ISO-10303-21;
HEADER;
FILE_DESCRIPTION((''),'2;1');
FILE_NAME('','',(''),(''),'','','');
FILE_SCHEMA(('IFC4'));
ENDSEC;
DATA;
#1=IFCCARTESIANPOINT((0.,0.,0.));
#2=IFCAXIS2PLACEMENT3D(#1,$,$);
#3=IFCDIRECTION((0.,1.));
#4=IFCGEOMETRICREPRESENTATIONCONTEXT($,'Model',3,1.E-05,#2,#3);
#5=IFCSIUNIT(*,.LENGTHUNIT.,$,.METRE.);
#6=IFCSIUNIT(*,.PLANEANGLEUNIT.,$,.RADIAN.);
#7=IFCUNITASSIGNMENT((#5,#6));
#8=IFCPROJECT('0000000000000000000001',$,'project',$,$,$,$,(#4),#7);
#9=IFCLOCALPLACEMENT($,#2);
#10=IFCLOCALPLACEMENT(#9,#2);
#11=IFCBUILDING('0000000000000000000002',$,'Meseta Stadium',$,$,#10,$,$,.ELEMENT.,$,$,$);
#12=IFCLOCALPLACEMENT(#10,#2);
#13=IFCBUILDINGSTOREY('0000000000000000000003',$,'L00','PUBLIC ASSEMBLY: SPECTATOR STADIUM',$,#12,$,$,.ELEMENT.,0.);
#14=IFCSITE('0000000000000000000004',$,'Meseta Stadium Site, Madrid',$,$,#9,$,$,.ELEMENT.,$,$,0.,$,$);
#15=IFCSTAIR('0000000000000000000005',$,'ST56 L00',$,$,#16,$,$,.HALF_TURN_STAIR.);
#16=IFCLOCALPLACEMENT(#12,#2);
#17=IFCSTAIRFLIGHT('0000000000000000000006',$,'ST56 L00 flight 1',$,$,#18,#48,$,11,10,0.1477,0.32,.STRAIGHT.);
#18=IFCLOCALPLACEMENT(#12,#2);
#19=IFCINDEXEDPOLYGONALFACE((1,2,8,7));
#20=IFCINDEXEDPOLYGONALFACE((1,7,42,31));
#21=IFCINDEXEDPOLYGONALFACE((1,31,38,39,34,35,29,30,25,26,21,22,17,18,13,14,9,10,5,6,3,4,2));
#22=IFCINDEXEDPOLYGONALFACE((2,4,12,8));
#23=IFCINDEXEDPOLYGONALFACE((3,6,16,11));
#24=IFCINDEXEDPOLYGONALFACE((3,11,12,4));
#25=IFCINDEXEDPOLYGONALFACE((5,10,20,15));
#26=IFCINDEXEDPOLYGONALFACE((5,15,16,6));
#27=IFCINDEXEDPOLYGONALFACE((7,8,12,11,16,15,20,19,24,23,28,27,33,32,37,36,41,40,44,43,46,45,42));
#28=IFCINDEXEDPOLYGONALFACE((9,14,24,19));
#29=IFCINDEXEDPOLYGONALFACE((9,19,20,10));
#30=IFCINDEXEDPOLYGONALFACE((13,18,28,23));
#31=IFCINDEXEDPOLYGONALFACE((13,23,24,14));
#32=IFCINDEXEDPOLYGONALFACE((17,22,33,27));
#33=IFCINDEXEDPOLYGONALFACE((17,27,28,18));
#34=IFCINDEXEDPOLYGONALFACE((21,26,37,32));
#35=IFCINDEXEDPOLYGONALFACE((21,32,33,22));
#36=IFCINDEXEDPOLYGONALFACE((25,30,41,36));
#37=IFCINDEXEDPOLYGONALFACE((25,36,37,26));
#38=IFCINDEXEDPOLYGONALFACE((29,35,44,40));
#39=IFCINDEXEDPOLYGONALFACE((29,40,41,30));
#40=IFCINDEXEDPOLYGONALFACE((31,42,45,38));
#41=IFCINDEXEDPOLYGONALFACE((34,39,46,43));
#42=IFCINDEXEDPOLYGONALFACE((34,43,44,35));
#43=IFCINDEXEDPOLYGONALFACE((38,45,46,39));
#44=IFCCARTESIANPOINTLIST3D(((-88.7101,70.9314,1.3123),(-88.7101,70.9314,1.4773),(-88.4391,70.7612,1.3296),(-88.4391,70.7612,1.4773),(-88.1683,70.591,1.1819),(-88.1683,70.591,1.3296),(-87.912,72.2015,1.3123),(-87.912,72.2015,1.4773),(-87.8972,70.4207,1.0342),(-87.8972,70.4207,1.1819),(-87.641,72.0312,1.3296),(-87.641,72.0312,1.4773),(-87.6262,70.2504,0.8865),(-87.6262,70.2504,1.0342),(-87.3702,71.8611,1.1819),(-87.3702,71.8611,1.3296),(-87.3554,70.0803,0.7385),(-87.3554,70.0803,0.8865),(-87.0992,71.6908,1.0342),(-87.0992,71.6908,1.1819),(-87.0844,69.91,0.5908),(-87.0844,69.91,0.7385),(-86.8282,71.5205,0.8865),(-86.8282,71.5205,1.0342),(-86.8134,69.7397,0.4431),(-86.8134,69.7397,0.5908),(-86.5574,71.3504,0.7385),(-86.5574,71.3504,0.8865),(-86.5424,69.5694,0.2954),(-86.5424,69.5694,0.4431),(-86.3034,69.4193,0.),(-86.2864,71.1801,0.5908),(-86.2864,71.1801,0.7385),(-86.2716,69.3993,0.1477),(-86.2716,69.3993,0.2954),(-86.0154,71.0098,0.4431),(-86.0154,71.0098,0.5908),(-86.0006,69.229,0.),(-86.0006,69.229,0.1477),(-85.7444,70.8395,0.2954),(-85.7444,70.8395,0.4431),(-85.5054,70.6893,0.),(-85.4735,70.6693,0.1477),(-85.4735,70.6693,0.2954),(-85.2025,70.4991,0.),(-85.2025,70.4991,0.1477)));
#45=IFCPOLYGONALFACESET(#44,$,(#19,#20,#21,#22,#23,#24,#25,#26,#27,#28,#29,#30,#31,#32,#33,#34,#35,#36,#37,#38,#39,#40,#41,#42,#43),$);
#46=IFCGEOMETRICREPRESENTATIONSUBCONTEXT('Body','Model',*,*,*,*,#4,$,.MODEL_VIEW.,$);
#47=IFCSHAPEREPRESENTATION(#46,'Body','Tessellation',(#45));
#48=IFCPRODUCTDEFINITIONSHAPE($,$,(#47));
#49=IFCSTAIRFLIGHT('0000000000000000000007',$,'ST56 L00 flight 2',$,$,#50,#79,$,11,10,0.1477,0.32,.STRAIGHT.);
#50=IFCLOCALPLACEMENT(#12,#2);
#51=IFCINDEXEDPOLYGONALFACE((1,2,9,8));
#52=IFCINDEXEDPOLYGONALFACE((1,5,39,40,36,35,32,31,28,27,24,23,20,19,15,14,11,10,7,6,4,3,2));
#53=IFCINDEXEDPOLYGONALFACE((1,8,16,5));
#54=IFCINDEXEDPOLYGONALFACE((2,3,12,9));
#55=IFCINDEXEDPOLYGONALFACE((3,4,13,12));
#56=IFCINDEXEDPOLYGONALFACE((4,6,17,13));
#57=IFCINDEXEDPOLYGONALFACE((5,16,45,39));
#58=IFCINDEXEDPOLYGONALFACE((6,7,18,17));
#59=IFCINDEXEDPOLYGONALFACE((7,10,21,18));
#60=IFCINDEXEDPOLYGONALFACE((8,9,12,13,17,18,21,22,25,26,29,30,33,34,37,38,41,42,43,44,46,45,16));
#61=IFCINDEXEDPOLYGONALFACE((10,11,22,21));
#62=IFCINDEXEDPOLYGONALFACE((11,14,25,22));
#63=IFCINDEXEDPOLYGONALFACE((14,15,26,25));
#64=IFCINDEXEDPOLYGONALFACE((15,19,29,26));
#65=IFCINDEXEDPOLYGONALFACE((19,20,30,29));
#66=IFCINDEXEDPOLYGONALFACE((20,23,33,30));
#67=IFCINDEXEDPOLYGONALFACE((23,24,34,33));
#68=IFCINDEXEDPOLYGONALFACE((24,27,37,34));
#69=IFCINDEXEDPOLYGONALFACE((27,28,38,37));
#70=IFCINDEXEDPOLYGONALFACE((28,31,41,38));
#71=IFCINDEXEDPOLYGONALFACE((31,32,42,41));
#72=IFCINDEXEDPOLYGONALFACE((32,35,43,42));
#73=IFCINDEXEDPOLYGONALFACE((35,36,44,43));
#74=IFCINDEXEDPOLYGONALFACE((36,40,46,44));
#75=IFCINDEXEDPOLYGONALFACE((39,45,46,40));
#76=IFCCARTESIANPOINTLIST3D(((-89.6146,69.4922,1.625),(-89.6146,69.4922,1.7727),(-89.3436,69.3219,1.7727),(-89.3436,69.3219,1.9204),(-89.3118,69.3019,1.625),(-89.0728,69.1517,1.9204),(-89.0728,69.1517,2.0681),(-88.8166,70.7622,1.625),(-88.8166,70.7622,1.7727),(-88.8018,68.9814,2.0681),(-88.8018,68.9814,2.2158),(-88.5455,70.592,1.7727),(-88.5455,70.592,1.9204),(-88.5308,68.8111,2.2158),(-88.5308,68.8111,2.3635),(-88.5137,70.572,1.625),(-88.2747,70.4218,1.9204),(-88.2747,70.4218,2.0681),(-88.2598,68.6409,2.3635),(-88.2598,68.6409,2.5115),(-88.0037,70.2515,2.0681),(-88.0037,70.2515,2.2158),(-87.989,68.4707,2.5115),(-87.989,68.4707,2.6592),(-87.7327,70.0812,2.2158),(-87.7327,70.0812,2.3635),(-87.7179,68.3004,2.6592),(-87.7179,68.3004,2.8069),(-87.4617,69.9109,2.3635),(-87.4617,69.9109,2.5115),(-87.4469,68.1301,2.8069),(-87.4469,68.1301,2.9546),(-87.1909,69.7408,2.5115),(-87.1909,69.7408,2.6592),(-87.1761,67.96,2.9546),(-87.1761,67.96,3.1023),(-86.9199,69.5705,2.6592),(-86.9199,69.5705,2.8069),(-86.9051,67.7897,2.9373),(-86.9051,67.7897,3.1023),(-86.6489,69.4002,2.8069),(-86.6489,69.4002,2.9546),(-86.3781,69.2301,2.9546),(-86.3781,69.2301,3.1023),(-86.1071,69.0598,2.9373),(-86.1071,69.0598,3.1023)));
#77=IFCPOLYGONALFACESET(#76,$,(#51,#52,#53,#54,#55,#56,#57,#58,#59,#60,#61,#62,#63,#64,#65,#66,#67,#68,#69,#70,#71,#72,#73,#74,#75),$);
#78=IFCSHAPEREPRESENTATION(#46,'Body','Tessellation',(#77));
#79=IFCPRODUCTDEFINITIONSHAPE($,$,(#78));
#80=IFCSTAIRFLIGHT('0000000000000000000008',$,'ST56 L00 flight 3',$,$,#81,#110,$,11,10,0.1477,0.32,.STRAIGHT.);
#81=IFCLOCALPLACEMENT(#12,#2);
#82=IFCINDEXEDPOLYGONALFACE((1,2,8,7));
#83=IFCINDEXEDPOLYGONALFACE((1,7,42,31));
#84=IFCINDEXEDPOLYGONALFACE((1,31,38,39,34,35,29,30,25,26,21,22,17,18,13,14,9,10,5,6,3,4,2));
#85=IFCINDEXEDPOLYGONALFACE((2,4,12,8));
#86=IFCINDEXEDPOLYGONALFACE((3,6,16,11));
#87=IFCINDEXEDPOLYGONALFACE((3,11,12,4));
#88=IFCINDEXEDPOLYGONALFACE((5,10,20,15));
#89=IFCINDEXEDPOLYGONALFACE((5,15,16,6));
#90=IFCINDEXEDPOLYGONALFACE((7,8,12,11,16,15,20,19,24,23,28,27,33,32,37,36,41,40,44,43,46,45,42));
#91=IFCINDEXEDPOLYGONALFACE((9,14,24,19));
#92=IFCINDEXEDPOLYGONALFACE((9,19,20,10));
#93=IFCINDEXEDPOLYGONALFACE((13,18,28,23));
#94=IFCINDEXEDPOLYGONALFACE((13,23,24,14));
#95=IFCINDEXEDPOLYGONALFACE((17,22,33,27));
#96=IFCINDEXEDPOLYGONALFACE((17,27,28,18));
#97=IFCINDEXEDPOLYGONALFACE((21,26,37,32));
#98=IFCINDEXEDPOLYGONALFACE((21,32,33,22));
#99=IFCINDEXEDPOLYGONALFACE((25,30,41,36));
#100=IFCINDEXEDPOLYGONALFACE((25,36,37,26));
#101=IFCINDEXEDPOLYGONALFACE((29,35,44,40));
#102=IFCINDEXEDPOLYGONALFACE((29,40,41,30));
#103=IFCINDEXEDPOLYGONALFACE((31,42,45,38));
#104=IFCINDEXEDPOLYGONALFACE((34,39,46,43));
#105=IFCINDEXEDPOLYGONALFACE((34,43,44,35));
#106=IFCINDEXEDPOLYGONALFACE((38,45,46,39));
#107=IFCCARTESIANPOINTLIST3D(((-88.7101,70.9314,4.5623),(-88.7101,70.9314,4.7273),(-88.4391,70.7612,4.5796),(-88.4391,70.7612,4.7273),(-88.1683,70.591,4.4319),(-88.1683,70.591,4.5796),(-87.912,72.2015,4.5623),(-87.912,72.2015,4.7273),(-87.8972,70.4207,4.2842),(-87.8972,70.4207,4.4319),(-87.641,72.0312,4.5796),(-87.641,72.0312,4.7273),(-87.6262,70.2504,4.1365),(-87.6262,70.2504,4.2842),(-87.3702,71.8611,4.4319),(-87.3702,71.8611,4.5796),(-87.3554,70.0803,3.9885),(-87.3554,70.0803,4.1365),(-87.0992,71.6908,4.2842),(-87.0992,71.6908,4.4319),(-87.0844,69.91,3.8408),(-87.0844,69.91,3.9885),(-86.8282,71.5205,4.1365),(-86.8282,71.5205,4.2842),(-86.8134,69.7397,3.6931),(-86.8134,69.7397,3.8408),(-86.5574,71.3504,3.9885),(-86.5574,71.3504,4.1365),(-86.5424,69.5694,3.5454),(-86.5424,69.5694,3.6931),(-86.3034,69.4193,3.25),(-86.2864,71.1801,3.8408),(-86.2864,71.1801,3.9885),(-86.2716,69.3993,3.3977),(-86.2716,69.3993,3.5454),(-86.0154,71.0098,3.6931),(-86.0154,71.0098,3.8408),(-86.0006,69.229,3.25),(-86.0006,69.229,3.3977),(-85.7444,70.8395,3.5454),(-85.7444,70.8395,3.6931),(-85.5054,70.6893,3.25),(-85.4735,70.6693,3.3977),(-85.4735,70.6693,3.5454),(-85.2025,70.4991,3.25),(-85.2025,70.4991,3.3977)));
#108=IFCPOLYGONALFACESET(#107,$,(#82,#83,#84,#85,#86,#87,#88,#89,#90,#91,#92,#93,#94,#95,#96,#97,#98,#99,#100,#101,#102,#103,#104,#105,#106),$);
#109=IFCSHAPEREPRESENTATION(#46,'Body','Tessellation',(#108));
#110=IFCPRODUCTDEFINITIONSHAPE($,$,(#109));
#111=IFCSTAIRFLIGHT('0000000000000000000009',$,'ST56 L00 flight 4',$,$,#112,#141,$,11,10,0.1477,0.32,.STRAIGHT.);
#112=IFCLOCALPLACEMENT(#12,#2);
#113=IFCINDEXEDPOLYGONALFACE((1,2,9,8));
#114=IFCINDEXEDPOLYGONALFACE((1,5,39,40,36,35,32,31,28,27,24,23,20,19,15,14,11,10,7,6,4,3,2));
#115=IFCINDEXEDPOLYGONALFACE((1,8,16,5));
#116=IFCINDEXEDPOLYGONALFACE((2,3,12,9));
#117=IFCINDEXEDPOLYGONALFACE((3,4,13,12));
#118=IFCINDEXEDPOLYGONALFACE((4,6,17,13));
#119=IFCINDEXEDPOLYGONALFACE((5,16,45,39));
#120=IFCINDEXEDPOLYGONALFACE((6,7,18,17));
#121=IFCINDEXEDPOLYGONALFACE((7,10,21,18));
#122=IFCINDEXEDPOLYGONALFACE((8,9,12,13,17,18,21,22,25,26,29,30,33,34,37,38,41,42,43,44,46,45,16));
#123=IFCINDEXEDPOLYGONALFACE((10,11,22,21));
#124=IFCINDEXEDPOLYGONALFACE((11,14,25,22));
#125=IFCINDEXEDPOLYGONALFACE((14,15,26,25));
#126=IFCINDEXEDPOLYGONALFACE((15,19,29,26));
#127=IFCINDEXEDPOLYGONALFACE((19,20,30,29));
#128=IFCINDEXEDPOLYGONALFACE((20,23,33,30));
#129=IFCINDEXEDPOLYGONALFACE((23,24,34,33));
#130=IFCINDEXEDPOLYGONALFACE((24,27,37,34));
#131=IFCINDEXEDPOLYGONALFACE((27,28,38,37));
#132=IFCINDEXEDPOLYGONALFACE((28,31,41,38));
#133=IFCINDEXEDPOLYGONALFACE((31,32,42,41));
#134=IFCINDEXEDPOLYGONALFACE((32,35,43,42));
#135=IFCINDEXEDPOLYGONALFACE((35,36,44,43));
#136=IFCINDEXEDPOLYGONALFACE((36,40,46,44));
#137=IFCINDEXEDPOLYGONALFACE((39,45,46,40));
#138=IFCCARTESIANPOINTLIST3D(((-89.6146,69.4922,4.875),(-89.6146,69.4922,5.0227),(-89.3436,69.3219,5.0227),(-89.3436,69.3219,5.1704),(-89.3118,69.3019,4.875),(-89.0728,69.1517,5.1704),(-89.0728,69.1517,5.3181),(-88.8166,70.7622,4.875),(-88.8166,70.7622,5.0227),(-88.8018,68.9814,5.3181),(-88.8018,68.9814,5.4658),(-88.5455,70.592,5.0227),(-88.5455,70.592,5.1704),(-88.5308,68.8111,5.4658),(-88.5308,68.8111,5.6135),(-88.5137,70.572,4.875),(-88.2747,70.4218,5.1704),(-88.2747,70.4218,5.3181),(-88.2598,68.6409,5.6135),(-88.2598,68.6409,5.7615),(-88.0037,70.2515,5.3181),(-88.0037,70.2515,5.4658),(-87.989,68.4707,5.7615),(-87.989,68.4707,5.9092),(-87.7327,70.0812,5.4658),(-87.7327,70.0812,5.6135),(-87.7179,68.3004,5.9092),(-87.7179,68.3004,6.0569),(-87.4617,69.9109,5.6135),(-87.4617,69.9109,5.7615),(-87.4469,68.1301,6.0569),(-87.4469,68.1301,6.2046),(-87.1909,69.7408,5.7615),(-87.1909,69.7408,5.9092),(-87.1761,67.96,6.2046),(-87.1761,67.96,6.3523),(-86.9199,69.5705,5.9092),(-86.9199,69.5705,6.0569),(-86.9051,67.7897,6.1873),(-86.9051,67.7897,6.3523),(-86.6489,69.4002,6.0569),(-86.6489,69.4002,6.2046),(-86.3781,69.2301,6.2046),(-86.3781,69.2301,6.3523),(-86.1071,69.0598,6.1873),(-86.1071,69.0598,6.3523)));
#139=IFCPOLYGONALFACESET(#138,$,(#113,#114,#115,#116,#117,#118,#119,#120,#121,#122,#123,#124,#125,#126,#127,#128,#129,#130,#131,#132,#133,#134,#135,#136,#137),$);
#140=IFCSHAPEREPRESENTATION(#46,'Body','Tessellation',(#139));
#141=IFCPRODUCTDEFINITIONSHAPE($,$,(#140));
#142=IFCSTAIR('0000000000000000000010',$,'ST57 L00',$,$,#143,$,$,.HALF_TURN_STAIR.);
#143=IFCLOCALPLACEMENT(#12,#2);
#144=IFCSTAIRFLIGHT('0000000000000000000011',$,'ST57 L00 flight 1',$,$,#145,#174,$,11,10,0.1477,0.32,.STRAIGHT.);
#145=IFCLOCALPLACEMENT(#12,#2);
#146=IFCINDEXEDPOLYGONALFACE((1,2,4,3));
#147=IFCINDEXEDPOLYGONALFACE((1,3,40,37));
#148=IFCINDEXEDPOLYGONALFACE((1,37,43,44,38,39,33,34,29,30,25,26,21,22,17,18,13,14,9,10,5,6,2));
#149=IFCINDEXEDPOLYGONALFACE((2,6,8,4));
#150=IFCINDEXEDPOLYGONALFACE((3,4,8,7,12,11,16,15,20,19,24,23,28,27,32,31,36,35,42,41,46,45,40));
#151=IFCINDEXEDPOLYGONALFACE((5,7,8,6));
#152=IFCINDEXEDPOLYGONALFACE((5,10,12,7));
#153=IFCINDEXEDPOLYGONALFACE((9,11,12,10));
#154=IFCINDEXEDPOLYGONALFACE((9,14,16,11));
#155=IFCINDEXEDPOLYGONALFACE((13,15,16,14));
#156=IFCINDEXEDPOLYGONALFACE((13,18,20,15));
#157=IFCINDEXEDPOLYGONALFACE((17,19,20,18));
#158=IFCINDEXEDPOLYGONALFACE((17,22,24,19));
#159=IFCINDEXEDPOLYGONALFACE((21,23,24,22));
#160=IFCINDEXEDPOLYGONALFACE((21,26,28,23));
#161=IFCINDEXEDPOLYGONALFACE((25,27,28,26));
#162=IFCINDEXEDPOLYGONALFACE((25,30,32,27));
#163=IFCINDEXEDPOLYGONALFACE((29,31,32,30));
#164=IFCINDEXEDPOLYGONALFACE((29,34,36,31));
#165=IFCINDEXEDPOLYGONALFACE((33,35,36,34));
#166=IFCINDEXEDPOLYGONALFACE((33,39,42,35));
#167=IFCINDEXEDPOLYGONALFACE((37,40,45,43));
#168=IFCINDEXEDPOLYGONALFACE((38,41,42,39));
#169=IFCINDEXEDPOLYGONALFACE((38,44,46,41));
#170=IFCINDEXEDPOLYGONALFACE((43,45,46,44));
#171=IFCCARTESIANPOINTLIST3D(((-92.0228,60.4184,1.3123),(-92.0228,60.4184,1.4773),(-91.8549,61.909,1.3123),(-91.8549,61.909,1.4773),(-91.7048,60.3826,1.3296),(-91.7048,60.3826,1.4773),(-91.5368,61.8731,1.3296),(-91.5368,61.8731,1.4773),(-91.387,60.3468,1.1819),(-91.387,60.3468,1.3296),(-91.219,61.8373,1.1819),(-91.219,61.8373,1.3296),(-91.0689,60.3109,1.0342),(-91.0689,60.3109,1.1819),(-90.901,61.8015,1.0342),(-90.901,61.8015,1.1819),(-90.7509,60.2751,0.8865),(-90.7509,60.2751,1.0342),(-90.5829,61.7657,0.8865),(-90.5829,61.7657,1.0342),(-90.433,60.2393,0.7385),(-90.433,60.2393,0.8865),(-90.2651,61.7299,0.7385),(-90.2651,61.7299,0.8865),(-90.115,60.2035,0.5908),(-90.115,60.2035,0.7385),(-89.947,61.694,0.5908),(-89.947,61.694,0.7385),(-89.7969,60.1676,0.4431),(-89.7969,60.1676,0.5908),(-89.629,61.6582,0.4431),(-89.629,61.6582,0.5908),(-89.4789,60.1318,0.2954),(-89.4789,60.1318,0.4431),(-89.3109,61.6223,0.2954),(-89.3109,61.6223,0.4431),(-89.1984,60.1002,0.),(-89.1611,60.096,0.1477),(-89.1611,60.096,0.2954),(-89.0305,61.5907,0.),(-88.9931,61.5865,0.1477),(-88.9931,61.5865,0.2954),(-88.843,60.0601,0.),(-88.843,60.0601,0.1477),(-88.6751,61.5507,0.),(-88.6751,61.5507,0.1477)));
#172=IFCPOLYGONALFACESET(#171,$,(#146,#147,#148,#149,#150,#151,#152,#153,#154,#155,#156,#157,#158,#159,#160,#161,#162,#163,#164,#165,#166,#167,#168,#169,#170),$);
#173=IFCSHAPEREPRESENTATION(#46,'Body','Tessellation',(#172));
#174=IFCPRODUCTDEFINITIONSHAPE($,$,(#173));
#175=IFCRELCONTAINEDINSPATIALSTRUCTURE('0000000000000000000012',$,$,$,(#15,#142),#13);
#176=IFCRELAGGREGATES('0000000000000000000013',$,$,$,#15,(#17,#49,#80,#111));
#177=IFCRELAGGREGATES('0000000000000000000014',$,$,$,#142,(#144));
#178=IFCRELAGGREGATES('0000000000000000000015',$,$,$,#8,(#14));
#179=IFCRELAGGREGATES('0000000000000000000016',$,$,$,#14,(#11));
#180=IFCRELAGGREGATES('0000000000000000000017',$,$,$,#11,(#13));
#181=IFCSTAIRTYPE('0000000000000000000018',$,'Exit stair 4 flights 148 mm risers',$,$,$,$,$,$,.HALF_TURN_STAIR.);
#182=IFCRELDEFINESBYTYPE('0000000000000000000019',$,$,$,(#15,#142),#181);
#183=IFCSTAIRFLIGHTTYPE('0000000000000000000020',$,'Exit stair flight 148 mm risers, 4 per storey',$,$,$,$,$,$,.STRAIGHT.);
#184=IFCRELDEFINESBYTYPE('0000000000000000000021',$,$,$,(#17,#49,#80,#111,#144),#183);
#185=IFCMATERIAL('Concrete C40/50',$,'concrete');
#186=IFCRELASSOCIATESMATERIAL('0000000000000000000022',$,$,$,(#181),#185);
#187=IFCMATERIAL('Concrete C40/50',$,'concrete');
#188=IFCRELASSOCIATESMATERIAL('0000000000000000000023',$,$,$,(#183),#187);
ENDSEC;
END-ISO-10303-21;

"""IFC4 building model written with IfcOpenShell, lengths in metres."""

from ifc_helpers import new_model, si_unit, direction, frame, origin, place, context, subcontext, project, spatial, polyline, outline, extrude, material, type_object, element, aggregate, save


model = new_model("IFC4")

# Units and contexts
model_context = context("Model", 3, precision=1e-05, world=origin(), true_north=direction((0.0, 1.0)))
body_context = subcontext(model_context, "Body", "Model", "MODEL_VIEW")
ifc_project = project(units=[si_unit("LENGTHUNIT", "METRE"), si_unit("PLANEANGLEUNIT", "RADIAN")], contexts=[model_context])

# Site, building, storey
site_placement = place(None, origin())
site = spatial("IfcSite", under=ifc_project, at=site_placement, Name="Meseta Stadium Site, Madrid", CompositionType="ELEMENT", RefElevation=0.0)
building_placement = place(site_placement, origin())
building = spatial("IfcBuilding", under=site, at=building_placement, Name="Meseta Stadium", CompositionType="ELEMENT")
storey_placement = place(building_placement, origin())
storey = spatial("IfcBuildingStorey", under=building, at=storey_placement, Name="L00", Description="PUBLIC ASSEMBLY: SPECTATOR STADIUM", CompositionType="ELEMENT", Elevation=0.0)

# Stairs, stair flights
ifc_material_1 = material(Name="Concrete C40/50", Category="concrete")
stair_type = type_object("IfcStairType", Name="Exit stair 4 flights 148 mm risers", PredefinedType="HALF_TURN_STAIR", material=ifc_material_1)
stair_1_placement = place(storey_placement, origin())
stair_1 = element("IfcStair", 1, at=stair_1_placement, inside=storey, type_object=stair_type, Name="ST56 L00", PredefinedType="HALF_TURN_STAIR")
ifc_material_2 = material(Name="Concrete C40/50", Category="concrete")
stair_flight_type = type_object("IfcStairFlightType", Name="Exit stair flight 148 mm risers, 4 per storey", PredefinedType="STRAIGHT", material=ifc_material_2)
stair_flight_1_placement = place(storey_placement, frame((-85.6016, 69.864, 0.0), z_axis=(0.0, 0.0, 1.0), x_axis=(-0.846724, 0.532032, 0.0)))
stair_flight_1 = element("IfcStairFlight", 2, at=stair_flight_1_placement, type_object=stair_flight_type, Name="ST56 L00 flight 1", NumberOfRisers=11, NumberOfTreads=10, PredefinedType="STRAIGHT", RiserHeight=0.1477, TreadLength=0.32, context=body_context, shape_type="SweptSolid", body=[
    extrude(outline(polyline([(0.0, 0.0), (0.0, 0.1477), (0.3201, 0.1477), (0.3201, 0.2954), (0.6399, 0.2954), (0.6399, 0.4431), (0.96, 0.4431), (0.96, 0.5908), (1.28, 0.5908), (1.28, 0.7385), (1.6001, 0.7385), (1.6001, 0.8865), (1.9199, 0.8865), (1.9199, 1.0342), (2.24, 1.0342), (2.24, 1.1819), (2.5601, 1.1819), (2.5601, 1.3296), (2.8799, 1.3296), (2.8799, 1.4773), (3.2, 1.4773), (3.2, 1.3123), (0.3577, 0.0), (0.0, 0.0)])), frame((0.0, 0.75, 0.0), z_axis=(0.0, -1.0, 0.0), x_axis=(1.0, 0.0, 0.0)), (0.0, 0.0, 1.0), 1.5),
])
stair_flight_2_placement = place(storey_placement, frame((-89.2156, 70.1272, 1.625), z_axis=(0.0, 0.0, 1.0), x_axis=(0.846724, -0.532032, 0.0)))
stair_flight_2 = element("IfcStairFlight", 3, at=stair_flight_2_placement, type_object=stair_flight_type, Name="ST56 L00 flight 2", NumberOfRisers=11, NumberOfTreads=10, PredefinedType="STRAIGHT", RiserHeight=0.1477, TreadLength=0.32, context=body_context, shape_type="SweptSolid", body=[
    extrude(outline(polyline([(0.0, 0.0), (0.0, 0.1477), (0.3201, 0.1477), (0.3201, 0.2954), (0.6399, 0.2954), (0.6399, 0.4431), (0.96, 0.4431), (0.96, 0.5908), (1.28, 0.5908), (1.28, 0.7385), (1.6001, 0.7385), (1.6001, 0.8865), (1.9199, 0.8865), (1.9199, 1.0342), (2.24, 1.0342), (2.24, 1.1819), (2.5601, 1.1819), (2.5601, 1.3296), (2.8799, 1.3296), (2.8799, 1.4773), (3.2, 1.4773), (3.2, 1.3123), (0.3577, 0.0), (0.0, 0.0)])), frame((0.0, 0.75, 0.0), z_axis=(0.0, -1.0, 0.0), x_axis=(1.0, 0.0, 0.0)), (0.0, 0.0, 1.0), 1.5),
])
stair_flight_3_placement = place(storey_placement, frame((-85.6016, 69.864, 3.25), z_axis=(0.0, 0.0, 1.0), x_axis=(-0.846724, 0.532032, 0.0)))
stair_flight_3 = element("IfcStairFlight", 4, at=stair_flight_3_placement, type_object=stair_flight_type, Name="ST56 L00 flight 3", NumberOfRisers=11, NumberOfTreads=10, PredefinedType="STRAIGHT", RiserHeight=0.1477, TreadLength=0.32, context=body_context, shape_type="SweptSolid", body=[
    extrude(outline(polyline([(0.0, 0.0), (0.0, 0.1477), (0.3201, 0.1477), (0.3201, 0.2954), (0.6399, 0.2954), (0.6399, 0.4431), (0.96, 0.4431), (0.96, 0.5908), (1.28, 0.5908), (1.28, 0.7385), (1.6001, 0.7385), (1.6001, 0.8865), (1.9199, 0.8865), (1.9199, 1.0342), (2.24, 1.0342), (2.24, 1.1819), (2.5601, 1.1819), (2.5601, 1.3296), (2.8799, 1.3296), (2.8799, 1.4773), (3.2, 1.4773), (3.2, 1.3123), (0.3577, 0.0), (0.0, 0.0)])), frame((0.0, 0.75, 0.0), z_axis=(0.0, -1.0, 0.0), x_axis=(1.0, 0.0, 0.0)), (0.0, 0.0, 1.0), 1.5),
])
stair_flight_4_placement = place(storey_placement, frame((-89.2156, 70.1272, 4.875), z_axis=(0.0, 0.0, 1.0), x_axis=(0.846724, -0.532032, 0.0)))
stair_flight_4 = element("IfcStairFlight", 5, at=stair_flight_4_placement, type_object=stair_flight_type, Name="ST56 L00 flight 4", NumberOfRisers=11, NumberOfTreads=10, PredefinedType="STRAIGHT", RiserHeight=0.1477, TreadLength=0.32, context=body_context, shape_type="SweptSolid", body=[
    extrude(outline(polyline([(0.0, 0.0), (0.0, 0.1477), (0.3201, 0.1477), (0.3201, 0.2954), (0.6399, 0.2954), (0.6399, 0.4431), (0.96, 0.4431), (0.96, 0.5908), (1.28, 0.5908), (1.28, 0.7385), (1.6001, 0.7385), (1.6001, 0.8865), (1.9199, 0.8865), (1.9199, 1.0342), (2.24, 1.0342), (2.24, 1.1819), (2.5601, 1.1819), (2.5601, 1.3296), (2.8799, 1.3296), (2.8799, 1.4773), (3.2, 1.4773), (3.2, 1.3123), (0.3577, 0.0), (0.0, 0.0)])), frame((0.0, 0.75, 0.0), z_axis=(0.0, -1.0, 0.0), x_axis=(1.0, 0.0, 0.0)), (0.0, 0.0, 1.0), 1.5),
])
aggregate(stair_1, [stair_flight_1, stair_flight_2, stair_flight_3, stair_flight_4])
stair_2_placement = place(storey_placement, origin())
stair_2 = element("IfcStair", 6, at=stair_2_placement, inside=storey, type_object=stair_type, Name="ST57 L00", PredefinedType="HALF_TURN_STAIR")
stair_flight_5_placement = place(storey_placement, frame((-88.759, 60.8054, 0.0), z_axis=(0.0, 0.0, 1.0), x_axis=(-0.993712, 0.111964, 0.0)))
stair_flight_5 = element("IfcStairFlight", 7, at=stair_flight_5_placement, type_object=stair_flight_type, Name="ST57 L00 flight 1", NumberOfRisers=11, NumberOfTreads=10, PredefinedType="STRAIGHT", RiserHeight=0.1477, TreadLength=0.32, context=body_context, shape_type="SweptSolid", body=[
    extrude(outline(polyline([(0.0, 0.0), (0.0, 0.1477), (0.3201, 0.1477), (0.3201, 0.2954), (0.6399, 0.2954), (0.6399, 0.4431), (0.96, 0.4431), (0.96, 0.5908), (1.28, 0.5908), (1.28, 0.7385), (1.6001, 0.7385), (1.6001, 0.8865), (1.9199, 0.8865), (1.9199, 1.0342), (2.24, 1.0342), (2.24, 1.1819), (2.5601, 1.1819), (2.5601, 1.3296), (2.8799, 1.3296), (2.8799, 1.4773), (3.2, 1.4773), (3.2, 1.3123), (0.3577, 0.0), (0.0, 0.0)])), frame((0.0, 0.75, 0.0), z_axis=(0.0, -1.0, 0.0), x_axis=(1.0, 0.0, 0.0)), (0.0, 0.0, 1.0), 1.5),
])
aggregate(stair_2, [stair_flight_5])

save(model, "model.ifc")
